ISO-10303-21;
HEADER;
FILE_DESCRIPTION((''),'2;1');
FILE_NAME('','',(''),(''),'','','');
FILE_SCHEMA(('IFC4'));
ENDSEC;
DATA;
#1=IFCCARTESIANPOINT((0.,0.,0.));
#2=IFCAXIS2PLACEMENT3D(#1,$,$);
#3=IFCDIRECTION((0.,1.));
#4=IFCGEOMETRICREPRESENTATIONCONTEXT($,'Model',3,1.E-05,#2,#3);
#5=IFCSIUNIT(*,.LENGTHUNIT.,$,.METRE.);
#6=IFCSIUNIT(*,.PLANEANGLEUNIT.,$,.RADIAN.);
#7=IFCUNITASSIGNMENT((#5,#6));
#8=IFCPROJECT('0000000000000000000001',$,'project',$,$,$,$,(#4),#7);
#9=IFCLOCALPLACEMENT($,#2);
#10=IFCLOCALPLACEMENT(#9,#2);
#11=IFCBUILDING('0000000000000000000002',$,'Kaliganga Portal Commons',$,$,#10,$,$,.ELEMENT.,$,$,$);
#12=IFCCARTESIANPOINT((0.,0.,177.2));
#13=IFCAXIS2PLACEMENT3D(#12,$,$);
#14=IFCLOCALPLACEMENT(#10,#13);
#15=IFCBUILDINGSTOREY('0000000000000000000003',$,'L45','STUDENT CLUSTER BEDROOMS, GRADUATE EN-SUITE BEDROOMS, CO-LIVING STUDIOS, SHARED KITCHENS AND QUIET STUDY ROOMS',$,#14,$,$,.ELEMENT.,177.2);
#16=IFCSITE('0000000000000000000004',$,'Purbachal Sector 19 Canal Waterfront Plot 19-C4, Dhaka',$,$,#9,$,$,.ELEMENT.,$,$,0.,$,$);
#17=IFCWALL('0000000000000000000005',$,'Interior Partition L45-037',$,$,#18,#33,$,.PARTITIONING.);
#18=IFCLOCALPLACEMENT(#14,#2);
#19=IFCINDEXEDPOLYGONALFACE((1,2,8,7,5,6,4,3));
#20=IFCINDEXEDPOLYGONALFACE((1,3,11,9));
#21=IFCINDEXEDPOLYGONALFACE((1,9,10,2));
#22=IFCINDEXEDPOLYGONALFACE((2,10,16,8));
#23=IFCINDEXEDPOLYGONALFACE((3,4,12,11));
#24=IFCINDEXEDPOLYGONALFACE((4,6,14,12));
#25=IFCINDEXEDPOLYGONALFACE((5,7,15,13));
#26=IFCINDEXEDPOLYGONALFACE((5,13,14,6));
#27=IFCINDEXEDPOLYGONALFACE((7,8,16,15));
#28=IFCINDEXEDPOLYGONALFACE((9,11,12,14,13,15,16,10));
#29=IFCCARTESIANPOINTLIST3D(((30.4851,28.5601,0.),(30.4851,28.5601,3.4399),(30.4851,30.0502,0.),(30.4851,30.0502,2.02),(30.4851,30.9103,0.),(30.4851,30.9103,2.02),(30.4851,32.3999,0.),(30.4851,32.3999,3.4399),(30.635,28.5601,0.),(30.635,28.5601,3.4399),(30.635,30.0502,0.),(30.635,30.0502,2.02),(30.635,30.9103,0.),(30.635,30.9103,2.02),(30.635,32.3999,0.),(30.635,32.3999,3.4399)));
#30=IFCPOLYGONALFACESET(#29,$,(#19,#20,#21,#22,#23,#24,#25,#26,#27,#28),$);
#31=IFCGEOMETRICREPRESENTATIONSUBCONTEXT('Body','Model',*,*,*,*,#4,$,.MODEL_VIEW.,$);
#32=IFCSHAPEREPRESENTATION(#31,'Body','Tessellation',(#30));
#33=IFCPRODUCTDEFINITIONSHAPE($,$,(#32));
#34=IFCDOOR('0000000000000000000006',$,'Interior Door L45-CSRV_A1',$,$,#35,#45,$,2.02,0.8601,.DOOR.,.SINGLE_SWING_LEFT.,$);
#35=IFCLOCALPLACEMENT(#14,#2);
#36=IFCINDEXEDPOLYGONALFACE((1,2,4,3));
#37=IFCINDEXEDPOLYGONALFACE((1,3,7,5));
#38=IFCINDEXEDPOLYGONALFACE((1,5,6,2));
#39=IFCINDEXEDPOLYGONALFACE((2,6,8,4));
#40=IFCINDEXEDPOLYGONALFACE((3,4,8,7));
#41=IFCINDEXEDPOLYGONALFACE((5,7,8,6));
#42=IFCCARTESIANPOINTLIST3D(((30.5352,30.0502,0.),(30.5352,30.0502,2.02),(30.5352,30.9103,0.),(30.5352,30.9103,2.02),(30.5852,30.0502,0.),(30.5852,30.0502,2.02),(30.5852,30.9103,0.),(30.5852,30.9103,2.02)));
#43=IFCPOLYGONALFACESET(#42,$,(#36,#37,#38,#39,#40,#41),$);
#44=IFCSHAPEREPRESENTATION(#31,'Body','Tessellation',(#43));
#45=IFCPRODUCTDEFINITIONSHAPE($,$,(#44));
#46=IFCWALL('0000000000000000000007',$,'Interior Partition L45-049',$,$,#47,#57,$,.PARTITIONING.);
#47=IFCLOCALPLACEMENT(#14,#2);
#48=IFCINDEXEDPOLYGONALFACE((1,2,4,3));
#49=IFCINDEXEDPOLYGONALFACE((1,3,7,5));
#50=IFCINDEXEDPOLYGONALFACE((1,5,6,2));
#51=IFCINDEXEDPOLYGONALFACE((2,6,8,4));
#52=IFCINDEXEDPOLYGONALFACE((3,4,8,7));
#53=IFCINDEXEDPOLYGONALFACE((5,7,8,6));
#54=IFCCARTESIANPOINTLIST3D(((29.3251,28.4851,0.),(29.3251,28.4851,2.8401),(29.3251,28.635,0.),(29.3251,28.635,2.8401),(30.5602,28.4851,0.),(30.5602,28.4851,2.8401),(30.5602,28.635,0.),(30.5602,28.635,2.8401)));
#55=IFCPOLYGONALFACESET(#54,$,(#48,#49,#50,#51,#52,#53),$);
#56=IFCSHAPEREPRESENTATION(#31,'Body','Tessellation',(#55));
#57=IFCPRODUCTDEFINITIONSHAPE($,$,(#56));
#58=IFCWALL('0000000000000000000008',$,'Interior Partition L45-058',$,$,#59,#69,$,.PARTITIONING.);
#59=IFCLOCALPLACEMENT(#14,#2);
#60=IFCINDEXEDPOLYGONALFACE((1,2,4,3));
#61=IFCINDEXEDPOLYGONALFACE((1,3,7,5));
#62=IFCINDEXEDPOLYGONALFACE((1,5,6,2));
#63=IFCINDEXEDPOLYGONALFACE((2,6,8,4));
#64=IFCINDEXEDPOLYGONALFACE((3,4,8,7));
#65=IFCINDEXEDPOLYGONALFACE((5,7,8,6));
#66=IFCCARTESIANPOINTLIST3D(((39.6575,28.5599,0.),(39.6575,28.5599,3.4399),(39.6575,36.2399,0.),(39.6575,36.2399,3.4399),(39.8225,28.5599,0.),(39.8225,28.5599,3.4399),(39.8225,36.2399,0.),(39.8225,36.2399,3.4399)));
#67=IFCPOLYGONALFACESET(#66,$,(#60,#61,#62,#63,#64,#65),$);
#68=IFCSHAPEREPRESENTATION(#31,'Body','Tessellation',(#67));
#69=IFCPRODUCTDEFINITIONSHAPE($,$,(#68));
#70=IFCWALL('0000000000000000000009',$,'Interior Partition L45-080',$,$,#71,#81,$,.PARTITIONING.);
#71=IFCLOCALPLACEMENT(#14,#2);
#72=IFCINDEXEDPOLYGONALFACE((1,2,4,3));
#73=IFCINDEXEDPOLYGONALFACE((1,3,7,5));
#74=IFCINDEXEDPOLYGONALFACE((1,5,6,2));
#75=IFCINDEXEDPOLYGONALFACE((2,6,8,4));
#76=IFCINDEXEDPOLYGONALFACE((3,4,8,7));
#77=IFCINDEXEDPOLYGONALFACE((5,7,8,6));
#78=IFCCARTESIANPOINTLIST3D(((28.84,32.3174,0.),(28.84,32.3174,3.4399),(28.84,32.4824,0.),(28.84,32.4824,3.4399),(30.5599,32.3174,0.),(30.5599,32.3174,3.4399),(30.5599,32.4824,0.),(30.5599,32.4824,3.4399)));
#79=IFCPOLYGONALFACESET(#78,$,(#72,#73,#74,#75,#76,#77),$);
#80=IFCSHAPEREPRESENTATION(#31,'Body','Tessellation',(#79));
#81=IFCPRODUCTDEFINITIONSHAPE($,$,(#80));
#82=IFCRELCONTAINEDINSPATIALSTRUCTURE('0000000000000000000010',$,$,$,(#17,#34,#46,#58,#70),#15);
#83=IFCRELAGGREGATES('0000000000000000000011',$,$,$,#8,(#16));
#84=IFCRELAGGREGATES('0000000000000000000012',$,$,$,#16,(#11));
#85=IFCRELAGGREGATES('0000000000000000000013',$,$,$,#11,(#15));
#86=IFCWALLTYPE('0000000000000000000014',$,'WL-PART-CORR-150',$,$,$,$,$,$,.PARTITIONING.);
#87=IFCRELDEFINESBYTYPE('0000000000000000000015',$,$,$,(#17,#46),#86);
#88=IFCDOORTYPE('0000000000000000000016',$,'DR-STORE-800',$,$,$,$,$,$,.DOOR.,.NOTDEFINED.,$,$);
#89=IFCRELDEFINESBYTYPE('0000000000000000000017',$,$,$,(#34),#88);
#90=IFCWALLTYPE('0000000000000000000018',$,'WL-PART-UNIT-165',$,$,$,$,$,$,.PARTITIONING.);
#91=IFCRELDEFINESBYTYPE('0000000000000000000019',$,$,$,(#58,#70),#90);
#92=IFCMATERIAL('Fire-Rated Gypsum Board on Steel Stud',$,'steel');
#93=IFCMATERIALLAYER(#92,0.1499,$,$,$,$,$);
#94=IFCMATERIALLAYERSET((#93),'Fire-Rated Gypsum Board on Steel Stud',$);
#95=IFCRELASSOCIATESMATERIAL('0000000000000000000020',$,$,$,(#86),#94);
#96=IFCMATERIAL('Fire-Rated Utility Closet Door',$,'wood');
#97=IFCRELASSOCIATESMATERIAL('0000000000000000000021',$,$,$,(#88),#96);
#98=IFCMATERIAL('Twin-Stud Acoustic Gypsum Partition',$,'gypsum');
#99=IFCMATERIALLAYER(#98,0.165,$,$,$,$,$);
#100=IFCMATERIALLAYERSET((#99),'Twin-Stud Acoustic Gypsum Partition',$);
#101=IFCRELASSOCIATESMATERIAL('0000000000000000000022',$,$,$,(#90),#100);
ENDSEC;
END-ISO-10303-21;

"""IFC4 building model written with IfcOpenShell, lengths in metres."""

from ifc_helpers import new_model, si_unit, direction, frame, frame_2d, origin, place, context, subcontext, project, spatial, rectangle, extrude, material, layer, layer_set, type_object, element, fill, save


model = new_model("IFC4")

# Units and contexts
model_context = context("Model", 3, precision=1e-05, world=origin(), true_north=direction((0.0, 1.0)))
body_context = subcontext(model_context, "Body", "Model", "MODEL_VIEW")
ifc_project = project(units=[si_unit("LENGTHUNIT", "METRE"), si_unit("PLANEANGLEUNIT", "RADIAN")], contexts=[model_context])

# Site, building, storey
site_placement = place(None, origin())
site = spatial("IfcSite", under=ifc_project, at=site_placement, Name="Purbachal Sector 19 Canal Waterfront Plot 19-C4, Dhaka", CompositionType="ELEMENT", RefElevation=0.0)
building_placement = place(site_placement, origin())
building = spatial("IfcBuilding", under=site, at=building_placement, Name="Kaliganga Portal Commons", CompositionType="ELEMENT")
storey_placement = place(building_placement, frame((0.0, 0.0, 177.2)))
storey = spatial("IfcBuildingStorey", under=building, at=storey_placement, Name="L45", Description="STUDENT CLUSTER BEDROOMS, GRADUATE EN-SUITE BEDROOMS, CO-LIVING STUDIOS, SHARED KITCHENS AND QUIET STUDY ROOMS", CompositionType="ELEMENT", Elevation=177.2)

# Shared definitions
ifc_material_1 = material(Name="Fire-Rated Gypsum Board on Steel Stud", Category="steel")
ifc_layer_1 = layer(ifc_material_1, 0.1499)
ifc_layer_set_1 = layer_set([ifc_layer_1], Name="Fire-Rated Gypsum Board on Steel Stud")
wall_type_1 = type_object("IfcWallType", Name="WL-PART-CORR-150", PredefinedType="PARTITIONING", material=ifc_layer_set_1)

# Wall, opening, door
wall_1_placement = place(storey_placement, frame((30.5601, 28.5601, 0.0), z_axis=(0.0, 0.0, 1.0), x_axis=(0.0, 1.0, 0.0)))
wall_1 = element("IfcWall", 1, at=wall_1_placement, inside=storey, type_object=wall_type_1, Name="Interior Partition L45-037", PredefinedType="PARTITIONING", context=body_context, shape_type="SweptSolid", body=[
    extrude(rectangle(XDim=3.8398, YDim=0.1499, at=frame_2d((1.9199, 0.0))), origin(), (0.0, 0.0, 1.0), 3.4399),
])
opening_1_placement = place(wall_1_placement, frame((1.49, 0.0, 0.0)))
opening_1 = element("IfcOpeningElement", 2, at=opening_1_placement, cuts=wall_1, PredefinedType="OPENING", context=body_context, shape_type="SweptSolid", body=[
    extrude(rectangle(XDim=0.8601, YDim=2.02, at=frame_2d((0.4302, 1.01))), frame((0.0, 0.085, 0.0), z_axis=(0.0, -1.0, 0.0), x_axis=(1.0, 0.0, 0.0)), (0.0, 0.0, 1.0), 0.1699),
])
ifc_material_2 = material(Name="Fire-Rated Utility Closet Door", Category="wood")
door_type_1 = type_object("IfcDoorType", Name="DR-STORE-800", OperationType="NOTDEFINED", PredefinedType="DOOR", material=ifc_material_2)
door_1_placement = place(opening_1_placement, origin())
door_1 = element("IfcDoor", 3, at=door_1_placement, inside=storey, type_object=door_type_1, Name="Interior Door L45-CSRV_A1", OperationType="SINGLE_SWING_LEFT", OverallHeight=2.02, OverallWidth=0.8601, PredefinedType="DOOR", context=body_context, shape_type="SweptSolid", body=[
    extrude(rectangle(XDim=0.8601, YDim=2.02, at=frame_2d((0.4302, 1.01))), frame((0.0, 0.0249, 0.0), z_axis=(0.0, -1.0, 0.0), x_axis=(1.0, 0.0, 0.0)), (0.0, 0.0, 1.0), 0.05),
])
fill(opening_1, door_1)

# Walls
wall_2_placement = place(storey_placement, frame((29.325, 28.5601, 0.0), z_axis=(0.0, 0.0, 1.0), x_axis=(1.0, 0.0, 0.0)))
element("IfcWall", 4, at=wall_2_placement, inside=storey, type_object=wall_type_1, Name="Interior Partition L45-049", PredefinedType="PARTITIONING", context=body_context, shape_type="SweptSolid", body=[
    extrude(rectangle(XDim=1.2351, YDim=0.1499, at=frame_2d((0.6177, 0.0))), origin(), (0.0, 0.0, 1.0), 2.8401),
])
ifc_material_3 = material(Name="Twin-Stud Acoustic Gypsum Partition", Category="gypsum")
ifc_layer_2 = layer(ifc_material_3, 0.165)
ifc_layer_set_2 = layer_set([ifc_layer_2], Name="Twin-Stud Acoustic Gypsum Partition")
wall_type_2 = type_object("IfcWallType", Name="WL-PART-UNIT-165", PredefinedType="PARTITIONING", material=ifc_layer_set_2)
wall_3_placement = place(storey_placement, frame((39.74, 28.5601, 0.0), z_axis=(0.0, 0.0, 1.0), x_axis=(0.0, 1.0, 0.0)))
element("IfcWall", 5, at=wall_3_placement, inside=storey, type_object=wall_type_2, Name="Interior Partition L45-058", PredefinedType="PARTITIONING", context=body_context, shape_type="SweptSolid", body=[
    extrude(rectangle(XDim=7.6799, YDim=0.165, at=frame_2d((3.8398, 0.0))), origin(), (0.0, 0.0, 1.0), 3.4399),
])
wall_4_placement = place(storey_placement, frame((28.8401, 32.3999, 0.0), z_axis=(0.0, 0.0, 1.0), x_axis=(1.0, 0.0, 0.0)))
element("IfcWall", 6, at=wall_4_placement, inside=storey, type_object=wall_type_2, Name="Interior Partition L45-080", PredefinedType="PARTITIONING", context=body_context, shape_type="SweptSolid", body=[
    extrude(rectangle(XDim=1.72, YDim=0.165, at=frame_2d((0.8599, 0.0))), origin(), (0.0, 0.0, 1.0), 3.4399),
])

save(model, "model.ifc")
